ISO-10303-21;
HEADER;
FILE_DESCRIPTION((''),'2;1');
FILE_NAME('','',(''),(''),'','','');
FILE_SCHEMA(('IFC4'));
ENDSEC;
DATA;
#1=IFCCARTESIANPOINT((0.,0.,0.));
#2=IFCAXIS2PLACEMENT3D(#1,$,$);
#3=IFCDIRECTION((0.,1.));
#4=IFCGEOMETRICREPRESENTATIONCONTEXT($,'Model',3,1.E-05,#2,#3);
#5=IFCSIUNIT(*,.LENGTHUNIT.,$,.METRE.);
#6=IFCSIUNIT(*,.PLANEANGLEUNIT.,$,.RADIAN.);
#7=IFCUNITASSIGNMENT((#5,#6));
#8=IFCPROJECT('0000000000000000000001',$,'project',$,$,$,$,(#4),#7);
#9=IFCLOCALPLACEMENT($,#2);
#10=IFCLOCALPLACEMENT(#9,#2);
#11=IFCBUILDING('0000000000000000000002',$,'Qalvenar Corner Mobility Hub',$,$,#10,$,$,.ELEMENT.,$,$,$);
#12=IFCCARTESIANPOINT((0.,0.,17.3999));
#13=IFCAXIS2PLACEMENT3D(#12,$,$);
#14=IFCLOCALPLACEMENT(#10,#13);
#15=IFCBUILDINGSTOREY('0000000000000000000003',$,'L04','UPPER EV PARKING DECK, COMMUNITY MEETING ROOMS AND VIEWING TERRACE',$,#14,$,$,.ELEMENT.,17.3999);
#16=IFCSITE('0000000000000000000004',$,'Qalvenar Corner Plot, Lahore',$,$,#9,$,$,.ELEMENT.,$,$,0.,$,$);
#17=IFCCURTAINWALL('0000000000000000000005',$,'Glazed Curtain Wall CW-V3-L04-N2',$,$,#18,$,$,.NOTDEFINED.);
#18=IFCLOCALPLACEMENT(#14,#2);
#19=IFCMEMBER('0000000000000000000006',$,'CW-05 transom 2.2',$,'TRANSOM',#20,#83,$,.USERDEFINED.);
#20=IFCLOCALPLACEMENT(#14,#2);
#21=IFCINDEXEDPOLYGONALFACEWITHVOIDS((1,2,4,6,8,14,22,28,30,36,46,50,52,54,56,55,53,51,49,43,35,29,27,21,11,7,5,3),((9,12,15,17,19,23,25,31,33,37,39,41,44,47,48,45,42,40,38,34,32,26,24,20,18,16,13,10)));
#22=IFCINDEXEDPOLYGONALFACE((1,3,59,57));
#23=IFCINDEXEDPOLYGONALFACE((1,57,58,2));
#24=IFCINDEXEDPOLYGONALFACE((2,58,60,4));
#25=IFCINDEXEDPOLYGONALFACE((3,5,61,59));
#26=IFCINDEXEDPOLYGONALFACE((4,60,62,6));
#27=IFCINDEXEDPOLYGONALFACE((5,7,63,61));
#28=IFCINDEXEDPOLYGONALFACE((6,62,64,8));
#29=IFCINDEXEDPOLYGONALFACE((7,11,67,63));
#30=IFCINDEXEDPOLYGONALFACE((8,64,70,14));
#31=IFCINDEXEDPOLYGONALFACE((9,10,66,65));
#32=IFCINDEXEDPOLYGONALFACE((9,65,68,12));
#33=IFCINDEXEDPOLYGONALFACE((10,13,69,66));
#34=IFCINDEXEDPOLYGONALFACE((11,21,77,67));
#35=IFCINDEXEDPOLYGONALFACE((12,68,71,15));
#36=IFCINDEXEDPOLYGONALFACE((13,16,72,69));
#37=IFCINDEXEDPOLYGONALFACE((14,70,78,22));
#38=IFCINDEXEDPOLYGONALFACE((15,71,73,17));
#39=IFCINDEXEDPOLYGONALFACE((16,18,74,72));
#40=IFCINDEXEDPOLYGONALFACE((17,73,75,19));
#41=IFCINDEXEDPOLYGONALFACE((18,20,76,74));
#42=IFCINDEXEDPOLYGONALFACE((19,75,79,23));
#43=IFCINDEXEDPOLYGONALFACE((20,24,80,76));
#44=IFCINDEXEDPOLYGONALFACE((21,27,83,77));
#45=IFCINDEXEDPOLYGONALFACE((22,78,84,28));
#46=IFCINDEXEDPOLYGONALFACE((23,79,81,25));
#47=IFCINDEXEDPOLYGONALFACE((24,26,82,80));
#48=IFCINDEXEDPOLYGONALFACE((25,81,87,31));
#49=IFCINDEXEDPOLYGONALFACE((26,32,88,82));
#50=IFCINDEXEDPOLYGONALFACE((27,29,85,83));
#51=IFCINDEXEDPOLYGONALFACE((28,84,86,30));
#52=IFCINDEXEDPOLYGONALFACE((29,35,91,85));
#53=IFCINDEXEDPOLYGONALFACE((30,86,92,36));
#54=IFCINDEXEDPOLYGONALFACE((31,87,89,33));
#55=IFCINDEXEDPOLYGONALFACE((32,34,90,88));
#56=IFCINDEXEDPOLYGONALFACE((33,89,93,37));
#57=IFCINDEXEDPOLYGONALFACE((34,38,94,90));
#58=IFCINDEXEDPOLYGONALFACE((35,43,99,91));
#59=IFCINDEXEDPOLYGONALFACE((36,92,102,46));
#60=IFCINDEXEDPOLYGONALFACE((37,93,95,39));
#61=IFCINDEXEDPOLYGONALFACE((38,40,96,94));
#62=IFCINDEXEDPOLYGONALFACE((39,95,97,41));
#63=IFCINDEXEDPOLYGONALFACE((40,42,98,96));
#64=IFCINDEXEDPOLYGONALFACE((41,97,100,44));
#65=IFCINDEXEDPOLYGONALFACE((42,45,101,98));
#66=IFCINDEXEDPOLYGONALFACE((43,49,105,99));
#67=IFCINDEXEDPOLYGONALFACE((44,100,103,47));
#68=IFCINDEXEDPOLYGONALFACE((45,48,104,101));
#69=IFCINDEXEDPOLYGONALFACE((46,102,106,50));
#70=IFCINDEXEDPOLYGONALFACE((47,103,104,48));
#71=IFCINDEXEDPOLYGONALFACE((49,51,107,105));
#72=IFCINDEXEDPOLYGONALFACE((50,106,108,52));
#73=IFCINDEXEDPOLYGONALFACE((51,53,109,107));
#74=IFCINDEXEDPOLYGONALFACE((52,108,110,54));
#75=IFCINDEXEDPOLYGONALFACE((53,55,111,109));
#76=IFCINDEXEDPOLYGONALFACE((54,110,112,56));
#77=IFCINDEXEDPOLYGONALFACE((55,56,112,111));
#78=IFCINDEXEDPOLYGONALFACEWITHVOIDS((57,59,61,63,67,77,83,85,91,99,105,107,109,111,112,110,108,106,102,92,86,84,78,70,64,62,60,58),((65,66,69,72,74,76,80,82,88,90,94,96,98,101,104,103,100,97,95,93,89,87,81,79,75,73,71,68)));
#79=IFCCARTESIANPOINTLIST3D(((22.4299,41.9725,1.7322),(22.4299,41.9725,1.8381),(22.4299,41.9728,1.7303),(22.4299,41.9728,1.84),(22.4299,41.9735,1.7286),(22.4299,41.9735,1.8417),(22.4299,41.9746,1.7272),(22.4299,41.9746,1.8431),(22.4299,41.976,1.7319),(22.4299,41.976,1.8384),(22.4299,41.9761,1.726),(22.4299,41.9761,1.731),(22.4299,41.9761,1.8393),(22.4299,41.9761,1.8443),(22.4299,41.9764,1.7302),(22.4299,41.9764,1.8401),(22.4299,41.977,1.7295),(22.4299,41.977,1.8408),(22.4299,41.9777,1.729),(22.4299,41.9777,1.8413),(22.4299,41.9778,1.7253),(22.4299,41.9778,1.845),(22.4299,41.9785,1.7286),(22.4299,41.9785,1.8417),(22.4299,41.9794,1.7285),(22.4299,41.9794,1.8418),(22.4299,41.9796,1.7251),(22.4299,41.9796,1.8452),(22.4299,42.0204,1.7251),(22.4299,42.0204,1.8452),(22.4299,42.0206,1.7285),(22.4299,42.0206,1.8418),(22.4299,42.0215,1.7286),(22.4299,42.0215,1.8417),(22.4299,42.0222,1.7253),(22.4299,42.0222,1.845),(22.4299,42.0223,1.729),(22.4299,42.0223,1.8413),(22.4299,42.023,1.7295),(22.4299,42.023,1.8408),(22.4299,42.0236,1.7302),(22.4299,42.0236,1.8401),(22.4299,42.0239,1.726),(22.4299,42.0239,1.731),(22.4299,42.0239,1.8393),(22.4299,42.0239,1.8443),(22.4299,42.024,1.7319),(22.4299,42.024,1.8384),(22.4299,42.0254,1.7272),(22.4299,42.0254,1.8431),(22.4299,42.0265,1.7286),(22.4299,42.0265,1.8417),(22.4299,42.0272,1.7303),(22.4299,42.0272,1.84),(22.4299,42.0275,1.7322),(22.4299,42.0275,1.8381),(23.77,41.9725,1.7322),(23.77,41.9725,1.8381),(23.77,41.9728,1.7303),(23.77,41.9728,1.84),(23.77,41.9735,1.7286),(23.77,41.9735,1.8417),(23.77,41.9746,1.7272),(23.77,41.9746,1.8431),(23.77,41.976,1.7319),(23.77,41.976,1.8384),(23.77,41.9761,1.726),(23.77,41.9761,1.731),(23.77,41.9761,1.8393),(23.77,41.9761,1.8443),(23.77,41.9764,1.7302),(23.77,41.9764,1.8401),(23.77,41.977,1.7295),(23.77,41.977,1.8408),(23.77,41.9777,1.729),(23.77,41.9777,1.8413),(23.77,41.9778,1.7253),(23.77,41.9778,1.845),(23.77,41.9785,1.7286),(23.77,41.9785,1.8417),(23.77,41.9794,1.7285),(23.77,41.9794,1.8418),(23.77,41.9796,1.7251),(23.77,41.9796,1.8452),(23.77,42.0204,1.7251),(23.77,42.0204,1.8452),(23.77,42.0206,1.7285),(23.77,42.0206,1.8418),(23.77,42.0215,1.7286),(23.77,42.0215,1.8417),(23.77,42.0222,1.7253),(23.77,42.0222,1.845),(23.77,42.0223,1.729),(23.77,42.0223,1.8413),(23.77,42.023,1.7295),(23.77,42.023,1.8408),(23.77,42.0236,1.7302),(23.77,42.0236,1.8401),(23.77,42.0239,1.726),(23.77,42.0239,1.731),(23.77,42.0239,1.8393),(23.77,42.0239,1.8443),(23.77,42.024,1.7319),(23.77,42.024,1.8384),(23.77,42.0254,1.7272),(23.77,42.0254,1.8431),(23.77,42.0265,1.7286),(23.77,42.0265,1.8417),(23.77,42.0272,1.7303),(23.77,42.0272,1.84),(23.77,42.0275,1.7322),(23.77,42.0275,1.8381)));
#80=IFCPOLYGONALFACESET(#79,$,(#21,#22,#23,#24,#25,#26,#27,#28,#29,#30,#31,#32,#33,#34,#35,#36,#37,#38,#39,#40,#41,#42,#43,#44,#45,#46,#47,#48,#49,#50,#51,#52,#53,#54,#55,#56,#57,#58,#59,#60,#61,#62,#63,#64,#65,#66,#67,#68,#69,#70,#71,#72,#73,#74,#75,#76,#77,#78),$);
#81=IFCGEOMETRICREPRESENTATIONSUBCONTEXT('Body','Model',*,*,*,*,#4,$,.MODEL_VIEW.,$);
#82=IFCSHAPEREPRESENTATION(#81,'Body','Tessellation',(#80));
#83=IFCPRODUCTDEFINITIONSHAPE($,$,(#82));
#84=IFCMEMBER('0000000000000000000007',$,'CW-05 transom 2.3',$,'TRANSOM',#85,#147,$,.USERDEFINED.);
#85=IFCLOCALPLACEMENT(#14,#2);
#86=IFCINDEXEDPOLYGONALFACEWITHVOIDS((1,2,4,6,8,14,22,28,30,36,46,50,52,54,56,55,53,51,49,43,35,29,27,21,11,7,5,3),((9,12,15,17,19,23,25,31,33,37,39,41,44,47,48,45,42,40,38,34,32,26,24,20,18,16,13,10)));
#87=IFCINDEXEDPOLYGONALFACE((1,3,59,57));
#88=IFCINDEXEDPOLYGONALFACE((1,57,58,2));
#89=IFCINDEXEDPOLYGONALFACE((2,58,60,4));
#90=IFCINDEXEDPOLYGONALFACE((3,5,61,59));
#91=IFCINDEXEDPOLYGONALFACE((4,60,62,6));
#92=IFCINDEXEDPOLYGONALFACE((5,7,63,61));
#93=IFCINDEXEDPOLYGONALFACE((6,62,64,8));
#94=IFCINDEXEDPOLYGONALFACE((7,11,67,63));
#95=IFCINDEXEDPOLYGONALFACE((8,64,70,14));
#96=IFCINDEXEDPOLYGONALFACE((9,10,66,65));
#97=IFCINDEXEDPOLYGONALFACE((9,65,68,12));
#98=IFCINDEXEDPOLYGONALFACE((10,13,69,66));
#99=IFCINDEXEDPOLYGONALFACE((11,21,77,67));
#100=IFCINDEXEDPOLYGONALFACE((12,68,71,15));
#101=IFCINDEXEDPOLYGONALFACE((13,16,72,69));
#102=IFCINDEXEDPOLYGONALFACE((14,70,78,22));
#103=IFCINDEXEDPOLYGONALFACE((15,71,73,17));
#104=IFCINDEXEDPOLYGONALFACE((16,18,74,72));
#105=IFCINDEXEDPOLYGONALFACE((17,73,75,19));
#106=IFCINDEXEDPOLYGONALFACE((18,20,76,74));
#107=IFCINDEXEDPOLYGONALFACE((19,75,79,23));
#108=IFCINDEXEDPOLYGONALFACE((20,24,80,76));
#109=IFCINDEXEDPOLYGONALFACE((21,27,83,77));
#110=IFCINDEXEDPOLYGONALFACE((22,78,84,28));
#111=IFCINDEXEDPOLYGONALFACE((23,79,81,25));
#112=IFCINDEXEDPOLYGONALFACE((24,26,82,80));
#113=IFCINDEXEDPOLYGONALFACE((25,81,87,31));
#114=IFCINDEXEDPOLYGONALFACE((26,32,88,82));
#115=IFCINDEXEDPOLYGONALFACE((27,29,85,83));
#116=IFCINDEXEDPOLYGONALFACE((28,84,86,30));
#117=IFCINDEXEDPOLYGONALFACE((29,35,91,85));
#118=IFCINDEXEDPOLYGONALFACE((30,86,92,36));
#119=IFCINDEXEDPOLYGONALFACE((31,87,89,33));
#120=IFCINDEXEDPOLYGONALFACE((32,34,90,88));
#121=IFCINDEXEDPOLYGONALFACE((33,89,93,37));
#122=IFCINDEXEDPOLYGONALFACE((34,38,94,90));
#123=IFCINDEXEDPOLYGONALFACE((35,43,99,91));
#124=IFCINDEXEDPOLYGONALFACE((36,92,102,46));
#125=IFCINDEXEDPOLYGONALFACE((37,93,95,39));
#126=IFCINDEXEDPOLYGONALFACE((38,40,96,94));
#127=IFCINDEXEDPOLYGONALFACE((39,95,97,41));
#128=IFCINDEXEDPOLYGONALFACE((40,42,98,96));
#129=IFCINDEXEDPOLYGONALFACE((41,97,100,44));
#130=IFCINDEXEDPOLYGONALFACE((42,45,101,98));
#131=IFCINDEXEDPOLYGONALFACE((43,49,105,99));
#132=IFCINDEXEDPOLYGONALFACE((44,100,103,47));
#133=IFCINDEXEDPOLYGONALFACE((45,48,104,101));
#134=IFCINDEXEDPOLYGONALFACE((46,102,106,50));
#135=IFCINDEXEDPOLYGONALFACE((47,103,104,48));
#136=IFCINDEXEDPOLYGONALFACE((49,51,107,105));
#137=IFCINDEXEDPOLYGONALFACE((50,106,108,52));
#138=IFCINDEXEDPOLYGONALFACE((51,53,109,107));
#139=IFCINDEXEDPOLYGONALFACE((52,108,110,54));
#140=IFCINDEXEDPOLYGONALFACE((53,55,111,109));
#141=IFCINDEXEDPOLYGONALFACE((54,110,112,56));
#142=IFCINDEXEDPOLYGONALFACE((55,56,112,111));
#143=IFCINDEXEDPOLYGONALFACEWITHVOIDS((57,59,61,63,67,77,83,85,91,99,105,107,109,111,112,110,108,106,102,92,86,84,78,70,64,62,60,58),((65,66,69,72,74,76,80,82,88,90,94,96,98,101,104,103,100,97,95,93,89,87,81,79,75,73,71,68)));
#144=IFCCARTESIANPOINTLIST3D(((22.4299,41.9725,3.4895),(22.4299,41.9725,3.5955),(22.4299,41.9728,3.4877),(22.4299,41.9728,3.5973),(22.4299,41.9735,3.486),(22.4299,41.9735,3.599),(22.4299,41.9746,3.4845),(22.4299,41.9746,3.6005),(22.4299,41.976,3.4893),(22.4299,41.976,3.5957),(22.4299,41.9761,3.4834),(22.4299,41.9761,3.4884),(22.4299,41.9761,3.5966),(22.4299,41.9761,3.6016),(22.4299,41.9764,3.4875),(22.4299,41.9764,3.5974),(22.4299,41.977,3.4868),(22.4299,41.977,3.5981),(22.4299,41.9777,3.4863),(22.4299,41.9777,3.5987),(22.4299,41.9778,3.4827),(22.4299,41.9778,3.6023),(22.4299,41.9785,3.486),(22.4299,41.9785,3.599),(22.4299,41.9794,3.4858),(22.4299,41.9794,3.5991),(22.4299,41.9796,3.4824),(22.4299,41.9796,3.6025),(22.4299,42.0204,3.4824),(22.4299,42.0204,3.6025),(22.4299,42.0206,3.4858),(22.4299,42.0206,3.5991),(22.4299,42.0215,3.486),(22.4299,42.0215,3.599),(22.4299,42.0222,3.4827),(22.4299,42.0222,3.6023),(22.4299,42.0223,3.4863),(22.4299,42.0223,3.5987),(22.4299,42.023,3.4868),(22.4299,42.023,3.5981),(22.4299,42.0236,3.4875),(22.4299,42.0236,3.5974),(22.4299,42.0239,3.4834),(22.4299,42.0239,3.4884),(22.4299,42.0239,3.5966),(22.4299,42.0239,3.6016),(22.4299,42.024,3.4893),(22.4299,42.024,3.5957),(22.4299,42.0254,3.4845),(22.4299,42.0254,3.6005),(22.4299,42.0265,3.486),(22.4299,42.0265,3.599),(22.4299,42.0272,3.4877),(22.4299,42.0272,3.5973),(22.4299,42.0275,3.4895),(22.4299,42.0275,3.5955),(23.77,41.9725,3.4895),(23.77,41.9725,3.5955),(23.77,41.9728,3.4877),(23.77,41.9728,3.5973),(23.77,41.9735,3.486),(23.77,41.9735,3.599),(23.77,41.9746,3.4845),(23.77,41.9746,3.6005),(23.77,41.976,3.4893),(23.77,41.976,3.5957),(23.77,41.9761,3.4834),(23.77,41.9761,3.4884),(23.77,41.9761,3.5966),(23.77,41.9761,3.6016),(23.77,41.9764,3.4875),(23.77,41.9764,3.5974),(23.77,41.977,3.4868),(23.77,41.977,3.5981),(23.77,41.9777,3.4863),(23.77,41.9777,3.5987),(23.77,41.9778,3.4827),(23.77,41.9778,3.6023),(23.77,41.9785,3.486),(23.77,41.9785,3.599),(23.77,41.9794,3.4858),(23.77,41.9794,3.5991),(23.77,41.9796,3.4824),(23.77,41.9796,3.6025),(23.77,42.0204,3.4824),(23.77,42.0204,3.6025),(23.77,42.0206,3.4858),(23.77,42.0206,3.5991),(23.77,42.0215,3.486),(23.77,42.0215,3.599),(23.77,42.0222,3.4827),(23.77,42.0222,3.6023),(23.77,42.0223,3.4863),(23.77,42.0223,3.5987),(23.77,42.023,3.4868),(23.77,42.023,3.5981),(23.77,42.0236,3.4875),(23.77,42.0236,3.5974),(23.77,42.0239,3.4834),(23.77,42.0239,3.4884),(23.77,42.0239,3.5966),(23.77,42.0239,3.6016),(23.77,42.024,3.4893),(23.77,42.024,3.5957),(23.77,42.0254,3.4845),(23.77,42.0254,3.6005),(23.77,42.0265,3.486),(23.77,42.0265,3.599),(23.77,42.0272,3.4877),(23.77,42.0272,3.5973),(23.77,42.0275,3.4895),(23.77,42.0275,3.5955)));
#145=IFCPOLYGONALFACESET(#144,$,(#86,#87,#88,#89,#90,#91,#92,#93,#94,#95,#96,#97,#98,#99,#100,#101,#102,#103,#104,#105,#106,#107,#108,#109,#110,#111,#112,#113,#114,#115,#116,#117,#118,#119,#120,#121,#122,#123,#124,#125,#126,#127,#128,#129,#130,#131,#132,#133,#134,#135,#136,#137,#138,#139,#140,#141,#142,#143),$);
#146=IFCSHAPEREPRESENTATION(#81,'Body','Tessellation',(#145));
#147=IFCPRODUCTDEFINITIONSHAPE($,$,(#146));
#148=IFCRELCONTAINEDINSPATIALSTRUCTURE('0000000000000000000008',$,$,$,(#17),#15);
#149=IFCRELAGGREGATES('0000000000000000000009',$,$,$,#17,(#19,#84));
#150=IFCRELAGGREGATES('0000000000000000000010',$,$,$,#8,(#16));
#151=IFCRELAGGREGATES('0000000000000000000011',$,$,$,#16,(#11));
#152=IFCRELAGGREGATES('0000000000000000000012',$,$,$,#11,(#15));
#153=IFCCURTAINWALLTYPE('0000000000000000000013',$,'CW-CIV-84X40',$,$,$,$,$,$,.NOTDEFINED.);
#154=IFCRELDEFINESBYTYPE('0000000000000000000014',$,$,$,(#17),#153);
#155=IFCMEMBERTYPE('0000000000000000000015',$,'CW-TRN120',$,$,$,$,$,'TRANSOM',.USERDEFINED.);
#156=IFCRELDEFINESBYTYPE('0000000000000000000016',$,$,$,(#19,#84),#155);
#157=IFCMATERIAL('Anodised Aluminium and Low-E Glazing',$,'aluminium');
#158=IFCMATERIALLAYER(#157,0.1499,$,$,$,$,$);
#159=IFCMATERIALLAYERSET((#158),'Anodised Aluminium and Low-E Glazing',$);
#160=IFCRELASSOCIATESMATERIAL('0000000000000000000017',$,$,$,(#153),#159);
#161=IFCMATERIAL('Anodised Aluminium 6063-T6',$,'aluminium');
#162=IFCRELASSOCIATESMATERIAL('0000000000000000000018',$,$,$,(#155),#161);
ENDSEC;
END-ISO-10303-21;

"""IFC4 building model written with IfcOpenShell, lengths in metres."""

from ifc_helpers import new_model, si_unit, direction, frame, origin, origin_2d, place, context, subcontext, project, spatial, hollow_rectangle, extrude, material, layer, layer_set, material_profile, profile_set, type_object, element, aggregate, save


model = new_model("IFC4")

# Units and contexts
model_context = context("Model", 3, precision=1e-05, world=origin(), true_north=direction((0.0, 1.0)))
body_context = subcontext(model_context, "Body", "Model", "MODEL_VIEW")
ifc_project = project(units=[si_unit("LENGTHUNIT", "METRE"), si_unit("PLANEANGLEUNIT", "RADIAN")], contexts=[model_context])

# Site, building, storey
site_placement = place(None, origin())
site = spatial("IfcSite", under=ifc_project, at=site_placement, Name="Qalvenar Corner Plot, Lahore", CompositionType="ELEMENT", RefElevation=0.0)
building_placement = place(site_placement, origin())
building = spatial("IfcBuilding", under=site, at=building_placement, Name="Qalvenar Corner Mobility Hub", CompositionType="ELEMENT")
storey_placement = place(building_placement, frame((0.0, 0.0, 17.3999)))
storey = spatial("IfcBuildingStorey", under=building, at=storey_placement, Name="L04", Description="UPPER EV PARKING DECK, COMMUNITY MEETING ROOMS AND VIEWING TERRACE", CompositionType="ELEMENT", Elevation=17.3999)

# Curtain wall
ifc_material_1 = material(Name="Anodised Aluminium and Low-E Glazing", Category="aluminium")
ifc_layer_1 = layer(ifc_material_1, 0.1499)
ifc_layer_set_1 = layer_set([ifc_layer_1], Name="Anodised Aluminium and Low-E Glazing")
curtain_wall_type = type_object("IfcCurtainWallType", Name="CW-CIV-84X40", PredefinedType="NOTDEFINED", material=ifc_layer_set_1)
curtain_wall_1_placement = place(storey_placement, origin())
curtain_wall_1 = element("IfcCurtainWall", 1, at=curtain_wall_1_placement, inside=storey, type_object=curtain_wall_type, Name="Glazed Curtain Wall CW-V3-L04-N2", PredefinedType="NOTDEFINED")
ifc_material_2 = material(Name="Anodised Aluminium 6063-T6", Category="aluminium")

# Members
ifc_material_profile_1 = material_profile(ifc_material_2, hollow_rectangle(XDim=0.0549, YDim=0.1201, WallThickness=0.0034, InnerFilletRadius=0.0034, OuterFilletRadius=0.0071, at=origin_2d()), Name="RHS120x55x3.5")
ifc_profile_set_1 = profile_set([ifc_material_profile_1], Name="Anodised Aluminium 6063-T6")
member_type_1 = type_object("IfcMemberType", Name="CW-TRN120", ElementType="TRANSOM", PredefinedType="USERDEFINED", material=ifc_profile_set_1)
member_1_placement = place(storey_placement, frame((23.77, 42.0, 1.7852), z_axis=(-1.0, 0.0, 0.0), x_axis=(0.0, -1.0, 0.0)))
member_1 = element("IfcMember", 2, at=member_1_placement, type_object=member_type_1, Name="CW-05 transom 2.2", ObjectType="TRANSOM", PredefinedType="USERDEFINED", context=body_context, shape_type="SweptSolid", body=[
    extrude(hollow_rectangle(XDim=0.0549, YDim=0.1201, WallThickness=0.0034, InnerFilletRadius=0.0034, OuterFilletRadius=0.0071, at=origin_2d()), origin(), (0.0, 0.0, 1.0), 1.3401),
])
member_2_placement = place(storey_placement, frame((23.77, 42.0, 3.5425), z_axis=(-1.0, 0.0, 0.0), x_axis=(0.0, -1.0, 0.0)))
member_2 = element("IfcMember", 3, at=member_2_placement, type_object=member_type_1, Name="CW-05 transom 2.3", ObjectType="TRANSOM", PredefinedType="USERDEFINED", context=body_context, shape_type="SweptSolid", body=[
    extrude(hollow_rectangle(XDim=0.0549, YDim=0.1201, WallThickness=0.0034, InnerFilletRadius=0.0034, OuterFilletRadius=0.0071, at=origin_2d()), origin(), (0.0, 0.0, 1.0), 1.3401),
])

aggregate(curtain_wall_1, [member_1, member_2])

save(model, "model.ifc")
